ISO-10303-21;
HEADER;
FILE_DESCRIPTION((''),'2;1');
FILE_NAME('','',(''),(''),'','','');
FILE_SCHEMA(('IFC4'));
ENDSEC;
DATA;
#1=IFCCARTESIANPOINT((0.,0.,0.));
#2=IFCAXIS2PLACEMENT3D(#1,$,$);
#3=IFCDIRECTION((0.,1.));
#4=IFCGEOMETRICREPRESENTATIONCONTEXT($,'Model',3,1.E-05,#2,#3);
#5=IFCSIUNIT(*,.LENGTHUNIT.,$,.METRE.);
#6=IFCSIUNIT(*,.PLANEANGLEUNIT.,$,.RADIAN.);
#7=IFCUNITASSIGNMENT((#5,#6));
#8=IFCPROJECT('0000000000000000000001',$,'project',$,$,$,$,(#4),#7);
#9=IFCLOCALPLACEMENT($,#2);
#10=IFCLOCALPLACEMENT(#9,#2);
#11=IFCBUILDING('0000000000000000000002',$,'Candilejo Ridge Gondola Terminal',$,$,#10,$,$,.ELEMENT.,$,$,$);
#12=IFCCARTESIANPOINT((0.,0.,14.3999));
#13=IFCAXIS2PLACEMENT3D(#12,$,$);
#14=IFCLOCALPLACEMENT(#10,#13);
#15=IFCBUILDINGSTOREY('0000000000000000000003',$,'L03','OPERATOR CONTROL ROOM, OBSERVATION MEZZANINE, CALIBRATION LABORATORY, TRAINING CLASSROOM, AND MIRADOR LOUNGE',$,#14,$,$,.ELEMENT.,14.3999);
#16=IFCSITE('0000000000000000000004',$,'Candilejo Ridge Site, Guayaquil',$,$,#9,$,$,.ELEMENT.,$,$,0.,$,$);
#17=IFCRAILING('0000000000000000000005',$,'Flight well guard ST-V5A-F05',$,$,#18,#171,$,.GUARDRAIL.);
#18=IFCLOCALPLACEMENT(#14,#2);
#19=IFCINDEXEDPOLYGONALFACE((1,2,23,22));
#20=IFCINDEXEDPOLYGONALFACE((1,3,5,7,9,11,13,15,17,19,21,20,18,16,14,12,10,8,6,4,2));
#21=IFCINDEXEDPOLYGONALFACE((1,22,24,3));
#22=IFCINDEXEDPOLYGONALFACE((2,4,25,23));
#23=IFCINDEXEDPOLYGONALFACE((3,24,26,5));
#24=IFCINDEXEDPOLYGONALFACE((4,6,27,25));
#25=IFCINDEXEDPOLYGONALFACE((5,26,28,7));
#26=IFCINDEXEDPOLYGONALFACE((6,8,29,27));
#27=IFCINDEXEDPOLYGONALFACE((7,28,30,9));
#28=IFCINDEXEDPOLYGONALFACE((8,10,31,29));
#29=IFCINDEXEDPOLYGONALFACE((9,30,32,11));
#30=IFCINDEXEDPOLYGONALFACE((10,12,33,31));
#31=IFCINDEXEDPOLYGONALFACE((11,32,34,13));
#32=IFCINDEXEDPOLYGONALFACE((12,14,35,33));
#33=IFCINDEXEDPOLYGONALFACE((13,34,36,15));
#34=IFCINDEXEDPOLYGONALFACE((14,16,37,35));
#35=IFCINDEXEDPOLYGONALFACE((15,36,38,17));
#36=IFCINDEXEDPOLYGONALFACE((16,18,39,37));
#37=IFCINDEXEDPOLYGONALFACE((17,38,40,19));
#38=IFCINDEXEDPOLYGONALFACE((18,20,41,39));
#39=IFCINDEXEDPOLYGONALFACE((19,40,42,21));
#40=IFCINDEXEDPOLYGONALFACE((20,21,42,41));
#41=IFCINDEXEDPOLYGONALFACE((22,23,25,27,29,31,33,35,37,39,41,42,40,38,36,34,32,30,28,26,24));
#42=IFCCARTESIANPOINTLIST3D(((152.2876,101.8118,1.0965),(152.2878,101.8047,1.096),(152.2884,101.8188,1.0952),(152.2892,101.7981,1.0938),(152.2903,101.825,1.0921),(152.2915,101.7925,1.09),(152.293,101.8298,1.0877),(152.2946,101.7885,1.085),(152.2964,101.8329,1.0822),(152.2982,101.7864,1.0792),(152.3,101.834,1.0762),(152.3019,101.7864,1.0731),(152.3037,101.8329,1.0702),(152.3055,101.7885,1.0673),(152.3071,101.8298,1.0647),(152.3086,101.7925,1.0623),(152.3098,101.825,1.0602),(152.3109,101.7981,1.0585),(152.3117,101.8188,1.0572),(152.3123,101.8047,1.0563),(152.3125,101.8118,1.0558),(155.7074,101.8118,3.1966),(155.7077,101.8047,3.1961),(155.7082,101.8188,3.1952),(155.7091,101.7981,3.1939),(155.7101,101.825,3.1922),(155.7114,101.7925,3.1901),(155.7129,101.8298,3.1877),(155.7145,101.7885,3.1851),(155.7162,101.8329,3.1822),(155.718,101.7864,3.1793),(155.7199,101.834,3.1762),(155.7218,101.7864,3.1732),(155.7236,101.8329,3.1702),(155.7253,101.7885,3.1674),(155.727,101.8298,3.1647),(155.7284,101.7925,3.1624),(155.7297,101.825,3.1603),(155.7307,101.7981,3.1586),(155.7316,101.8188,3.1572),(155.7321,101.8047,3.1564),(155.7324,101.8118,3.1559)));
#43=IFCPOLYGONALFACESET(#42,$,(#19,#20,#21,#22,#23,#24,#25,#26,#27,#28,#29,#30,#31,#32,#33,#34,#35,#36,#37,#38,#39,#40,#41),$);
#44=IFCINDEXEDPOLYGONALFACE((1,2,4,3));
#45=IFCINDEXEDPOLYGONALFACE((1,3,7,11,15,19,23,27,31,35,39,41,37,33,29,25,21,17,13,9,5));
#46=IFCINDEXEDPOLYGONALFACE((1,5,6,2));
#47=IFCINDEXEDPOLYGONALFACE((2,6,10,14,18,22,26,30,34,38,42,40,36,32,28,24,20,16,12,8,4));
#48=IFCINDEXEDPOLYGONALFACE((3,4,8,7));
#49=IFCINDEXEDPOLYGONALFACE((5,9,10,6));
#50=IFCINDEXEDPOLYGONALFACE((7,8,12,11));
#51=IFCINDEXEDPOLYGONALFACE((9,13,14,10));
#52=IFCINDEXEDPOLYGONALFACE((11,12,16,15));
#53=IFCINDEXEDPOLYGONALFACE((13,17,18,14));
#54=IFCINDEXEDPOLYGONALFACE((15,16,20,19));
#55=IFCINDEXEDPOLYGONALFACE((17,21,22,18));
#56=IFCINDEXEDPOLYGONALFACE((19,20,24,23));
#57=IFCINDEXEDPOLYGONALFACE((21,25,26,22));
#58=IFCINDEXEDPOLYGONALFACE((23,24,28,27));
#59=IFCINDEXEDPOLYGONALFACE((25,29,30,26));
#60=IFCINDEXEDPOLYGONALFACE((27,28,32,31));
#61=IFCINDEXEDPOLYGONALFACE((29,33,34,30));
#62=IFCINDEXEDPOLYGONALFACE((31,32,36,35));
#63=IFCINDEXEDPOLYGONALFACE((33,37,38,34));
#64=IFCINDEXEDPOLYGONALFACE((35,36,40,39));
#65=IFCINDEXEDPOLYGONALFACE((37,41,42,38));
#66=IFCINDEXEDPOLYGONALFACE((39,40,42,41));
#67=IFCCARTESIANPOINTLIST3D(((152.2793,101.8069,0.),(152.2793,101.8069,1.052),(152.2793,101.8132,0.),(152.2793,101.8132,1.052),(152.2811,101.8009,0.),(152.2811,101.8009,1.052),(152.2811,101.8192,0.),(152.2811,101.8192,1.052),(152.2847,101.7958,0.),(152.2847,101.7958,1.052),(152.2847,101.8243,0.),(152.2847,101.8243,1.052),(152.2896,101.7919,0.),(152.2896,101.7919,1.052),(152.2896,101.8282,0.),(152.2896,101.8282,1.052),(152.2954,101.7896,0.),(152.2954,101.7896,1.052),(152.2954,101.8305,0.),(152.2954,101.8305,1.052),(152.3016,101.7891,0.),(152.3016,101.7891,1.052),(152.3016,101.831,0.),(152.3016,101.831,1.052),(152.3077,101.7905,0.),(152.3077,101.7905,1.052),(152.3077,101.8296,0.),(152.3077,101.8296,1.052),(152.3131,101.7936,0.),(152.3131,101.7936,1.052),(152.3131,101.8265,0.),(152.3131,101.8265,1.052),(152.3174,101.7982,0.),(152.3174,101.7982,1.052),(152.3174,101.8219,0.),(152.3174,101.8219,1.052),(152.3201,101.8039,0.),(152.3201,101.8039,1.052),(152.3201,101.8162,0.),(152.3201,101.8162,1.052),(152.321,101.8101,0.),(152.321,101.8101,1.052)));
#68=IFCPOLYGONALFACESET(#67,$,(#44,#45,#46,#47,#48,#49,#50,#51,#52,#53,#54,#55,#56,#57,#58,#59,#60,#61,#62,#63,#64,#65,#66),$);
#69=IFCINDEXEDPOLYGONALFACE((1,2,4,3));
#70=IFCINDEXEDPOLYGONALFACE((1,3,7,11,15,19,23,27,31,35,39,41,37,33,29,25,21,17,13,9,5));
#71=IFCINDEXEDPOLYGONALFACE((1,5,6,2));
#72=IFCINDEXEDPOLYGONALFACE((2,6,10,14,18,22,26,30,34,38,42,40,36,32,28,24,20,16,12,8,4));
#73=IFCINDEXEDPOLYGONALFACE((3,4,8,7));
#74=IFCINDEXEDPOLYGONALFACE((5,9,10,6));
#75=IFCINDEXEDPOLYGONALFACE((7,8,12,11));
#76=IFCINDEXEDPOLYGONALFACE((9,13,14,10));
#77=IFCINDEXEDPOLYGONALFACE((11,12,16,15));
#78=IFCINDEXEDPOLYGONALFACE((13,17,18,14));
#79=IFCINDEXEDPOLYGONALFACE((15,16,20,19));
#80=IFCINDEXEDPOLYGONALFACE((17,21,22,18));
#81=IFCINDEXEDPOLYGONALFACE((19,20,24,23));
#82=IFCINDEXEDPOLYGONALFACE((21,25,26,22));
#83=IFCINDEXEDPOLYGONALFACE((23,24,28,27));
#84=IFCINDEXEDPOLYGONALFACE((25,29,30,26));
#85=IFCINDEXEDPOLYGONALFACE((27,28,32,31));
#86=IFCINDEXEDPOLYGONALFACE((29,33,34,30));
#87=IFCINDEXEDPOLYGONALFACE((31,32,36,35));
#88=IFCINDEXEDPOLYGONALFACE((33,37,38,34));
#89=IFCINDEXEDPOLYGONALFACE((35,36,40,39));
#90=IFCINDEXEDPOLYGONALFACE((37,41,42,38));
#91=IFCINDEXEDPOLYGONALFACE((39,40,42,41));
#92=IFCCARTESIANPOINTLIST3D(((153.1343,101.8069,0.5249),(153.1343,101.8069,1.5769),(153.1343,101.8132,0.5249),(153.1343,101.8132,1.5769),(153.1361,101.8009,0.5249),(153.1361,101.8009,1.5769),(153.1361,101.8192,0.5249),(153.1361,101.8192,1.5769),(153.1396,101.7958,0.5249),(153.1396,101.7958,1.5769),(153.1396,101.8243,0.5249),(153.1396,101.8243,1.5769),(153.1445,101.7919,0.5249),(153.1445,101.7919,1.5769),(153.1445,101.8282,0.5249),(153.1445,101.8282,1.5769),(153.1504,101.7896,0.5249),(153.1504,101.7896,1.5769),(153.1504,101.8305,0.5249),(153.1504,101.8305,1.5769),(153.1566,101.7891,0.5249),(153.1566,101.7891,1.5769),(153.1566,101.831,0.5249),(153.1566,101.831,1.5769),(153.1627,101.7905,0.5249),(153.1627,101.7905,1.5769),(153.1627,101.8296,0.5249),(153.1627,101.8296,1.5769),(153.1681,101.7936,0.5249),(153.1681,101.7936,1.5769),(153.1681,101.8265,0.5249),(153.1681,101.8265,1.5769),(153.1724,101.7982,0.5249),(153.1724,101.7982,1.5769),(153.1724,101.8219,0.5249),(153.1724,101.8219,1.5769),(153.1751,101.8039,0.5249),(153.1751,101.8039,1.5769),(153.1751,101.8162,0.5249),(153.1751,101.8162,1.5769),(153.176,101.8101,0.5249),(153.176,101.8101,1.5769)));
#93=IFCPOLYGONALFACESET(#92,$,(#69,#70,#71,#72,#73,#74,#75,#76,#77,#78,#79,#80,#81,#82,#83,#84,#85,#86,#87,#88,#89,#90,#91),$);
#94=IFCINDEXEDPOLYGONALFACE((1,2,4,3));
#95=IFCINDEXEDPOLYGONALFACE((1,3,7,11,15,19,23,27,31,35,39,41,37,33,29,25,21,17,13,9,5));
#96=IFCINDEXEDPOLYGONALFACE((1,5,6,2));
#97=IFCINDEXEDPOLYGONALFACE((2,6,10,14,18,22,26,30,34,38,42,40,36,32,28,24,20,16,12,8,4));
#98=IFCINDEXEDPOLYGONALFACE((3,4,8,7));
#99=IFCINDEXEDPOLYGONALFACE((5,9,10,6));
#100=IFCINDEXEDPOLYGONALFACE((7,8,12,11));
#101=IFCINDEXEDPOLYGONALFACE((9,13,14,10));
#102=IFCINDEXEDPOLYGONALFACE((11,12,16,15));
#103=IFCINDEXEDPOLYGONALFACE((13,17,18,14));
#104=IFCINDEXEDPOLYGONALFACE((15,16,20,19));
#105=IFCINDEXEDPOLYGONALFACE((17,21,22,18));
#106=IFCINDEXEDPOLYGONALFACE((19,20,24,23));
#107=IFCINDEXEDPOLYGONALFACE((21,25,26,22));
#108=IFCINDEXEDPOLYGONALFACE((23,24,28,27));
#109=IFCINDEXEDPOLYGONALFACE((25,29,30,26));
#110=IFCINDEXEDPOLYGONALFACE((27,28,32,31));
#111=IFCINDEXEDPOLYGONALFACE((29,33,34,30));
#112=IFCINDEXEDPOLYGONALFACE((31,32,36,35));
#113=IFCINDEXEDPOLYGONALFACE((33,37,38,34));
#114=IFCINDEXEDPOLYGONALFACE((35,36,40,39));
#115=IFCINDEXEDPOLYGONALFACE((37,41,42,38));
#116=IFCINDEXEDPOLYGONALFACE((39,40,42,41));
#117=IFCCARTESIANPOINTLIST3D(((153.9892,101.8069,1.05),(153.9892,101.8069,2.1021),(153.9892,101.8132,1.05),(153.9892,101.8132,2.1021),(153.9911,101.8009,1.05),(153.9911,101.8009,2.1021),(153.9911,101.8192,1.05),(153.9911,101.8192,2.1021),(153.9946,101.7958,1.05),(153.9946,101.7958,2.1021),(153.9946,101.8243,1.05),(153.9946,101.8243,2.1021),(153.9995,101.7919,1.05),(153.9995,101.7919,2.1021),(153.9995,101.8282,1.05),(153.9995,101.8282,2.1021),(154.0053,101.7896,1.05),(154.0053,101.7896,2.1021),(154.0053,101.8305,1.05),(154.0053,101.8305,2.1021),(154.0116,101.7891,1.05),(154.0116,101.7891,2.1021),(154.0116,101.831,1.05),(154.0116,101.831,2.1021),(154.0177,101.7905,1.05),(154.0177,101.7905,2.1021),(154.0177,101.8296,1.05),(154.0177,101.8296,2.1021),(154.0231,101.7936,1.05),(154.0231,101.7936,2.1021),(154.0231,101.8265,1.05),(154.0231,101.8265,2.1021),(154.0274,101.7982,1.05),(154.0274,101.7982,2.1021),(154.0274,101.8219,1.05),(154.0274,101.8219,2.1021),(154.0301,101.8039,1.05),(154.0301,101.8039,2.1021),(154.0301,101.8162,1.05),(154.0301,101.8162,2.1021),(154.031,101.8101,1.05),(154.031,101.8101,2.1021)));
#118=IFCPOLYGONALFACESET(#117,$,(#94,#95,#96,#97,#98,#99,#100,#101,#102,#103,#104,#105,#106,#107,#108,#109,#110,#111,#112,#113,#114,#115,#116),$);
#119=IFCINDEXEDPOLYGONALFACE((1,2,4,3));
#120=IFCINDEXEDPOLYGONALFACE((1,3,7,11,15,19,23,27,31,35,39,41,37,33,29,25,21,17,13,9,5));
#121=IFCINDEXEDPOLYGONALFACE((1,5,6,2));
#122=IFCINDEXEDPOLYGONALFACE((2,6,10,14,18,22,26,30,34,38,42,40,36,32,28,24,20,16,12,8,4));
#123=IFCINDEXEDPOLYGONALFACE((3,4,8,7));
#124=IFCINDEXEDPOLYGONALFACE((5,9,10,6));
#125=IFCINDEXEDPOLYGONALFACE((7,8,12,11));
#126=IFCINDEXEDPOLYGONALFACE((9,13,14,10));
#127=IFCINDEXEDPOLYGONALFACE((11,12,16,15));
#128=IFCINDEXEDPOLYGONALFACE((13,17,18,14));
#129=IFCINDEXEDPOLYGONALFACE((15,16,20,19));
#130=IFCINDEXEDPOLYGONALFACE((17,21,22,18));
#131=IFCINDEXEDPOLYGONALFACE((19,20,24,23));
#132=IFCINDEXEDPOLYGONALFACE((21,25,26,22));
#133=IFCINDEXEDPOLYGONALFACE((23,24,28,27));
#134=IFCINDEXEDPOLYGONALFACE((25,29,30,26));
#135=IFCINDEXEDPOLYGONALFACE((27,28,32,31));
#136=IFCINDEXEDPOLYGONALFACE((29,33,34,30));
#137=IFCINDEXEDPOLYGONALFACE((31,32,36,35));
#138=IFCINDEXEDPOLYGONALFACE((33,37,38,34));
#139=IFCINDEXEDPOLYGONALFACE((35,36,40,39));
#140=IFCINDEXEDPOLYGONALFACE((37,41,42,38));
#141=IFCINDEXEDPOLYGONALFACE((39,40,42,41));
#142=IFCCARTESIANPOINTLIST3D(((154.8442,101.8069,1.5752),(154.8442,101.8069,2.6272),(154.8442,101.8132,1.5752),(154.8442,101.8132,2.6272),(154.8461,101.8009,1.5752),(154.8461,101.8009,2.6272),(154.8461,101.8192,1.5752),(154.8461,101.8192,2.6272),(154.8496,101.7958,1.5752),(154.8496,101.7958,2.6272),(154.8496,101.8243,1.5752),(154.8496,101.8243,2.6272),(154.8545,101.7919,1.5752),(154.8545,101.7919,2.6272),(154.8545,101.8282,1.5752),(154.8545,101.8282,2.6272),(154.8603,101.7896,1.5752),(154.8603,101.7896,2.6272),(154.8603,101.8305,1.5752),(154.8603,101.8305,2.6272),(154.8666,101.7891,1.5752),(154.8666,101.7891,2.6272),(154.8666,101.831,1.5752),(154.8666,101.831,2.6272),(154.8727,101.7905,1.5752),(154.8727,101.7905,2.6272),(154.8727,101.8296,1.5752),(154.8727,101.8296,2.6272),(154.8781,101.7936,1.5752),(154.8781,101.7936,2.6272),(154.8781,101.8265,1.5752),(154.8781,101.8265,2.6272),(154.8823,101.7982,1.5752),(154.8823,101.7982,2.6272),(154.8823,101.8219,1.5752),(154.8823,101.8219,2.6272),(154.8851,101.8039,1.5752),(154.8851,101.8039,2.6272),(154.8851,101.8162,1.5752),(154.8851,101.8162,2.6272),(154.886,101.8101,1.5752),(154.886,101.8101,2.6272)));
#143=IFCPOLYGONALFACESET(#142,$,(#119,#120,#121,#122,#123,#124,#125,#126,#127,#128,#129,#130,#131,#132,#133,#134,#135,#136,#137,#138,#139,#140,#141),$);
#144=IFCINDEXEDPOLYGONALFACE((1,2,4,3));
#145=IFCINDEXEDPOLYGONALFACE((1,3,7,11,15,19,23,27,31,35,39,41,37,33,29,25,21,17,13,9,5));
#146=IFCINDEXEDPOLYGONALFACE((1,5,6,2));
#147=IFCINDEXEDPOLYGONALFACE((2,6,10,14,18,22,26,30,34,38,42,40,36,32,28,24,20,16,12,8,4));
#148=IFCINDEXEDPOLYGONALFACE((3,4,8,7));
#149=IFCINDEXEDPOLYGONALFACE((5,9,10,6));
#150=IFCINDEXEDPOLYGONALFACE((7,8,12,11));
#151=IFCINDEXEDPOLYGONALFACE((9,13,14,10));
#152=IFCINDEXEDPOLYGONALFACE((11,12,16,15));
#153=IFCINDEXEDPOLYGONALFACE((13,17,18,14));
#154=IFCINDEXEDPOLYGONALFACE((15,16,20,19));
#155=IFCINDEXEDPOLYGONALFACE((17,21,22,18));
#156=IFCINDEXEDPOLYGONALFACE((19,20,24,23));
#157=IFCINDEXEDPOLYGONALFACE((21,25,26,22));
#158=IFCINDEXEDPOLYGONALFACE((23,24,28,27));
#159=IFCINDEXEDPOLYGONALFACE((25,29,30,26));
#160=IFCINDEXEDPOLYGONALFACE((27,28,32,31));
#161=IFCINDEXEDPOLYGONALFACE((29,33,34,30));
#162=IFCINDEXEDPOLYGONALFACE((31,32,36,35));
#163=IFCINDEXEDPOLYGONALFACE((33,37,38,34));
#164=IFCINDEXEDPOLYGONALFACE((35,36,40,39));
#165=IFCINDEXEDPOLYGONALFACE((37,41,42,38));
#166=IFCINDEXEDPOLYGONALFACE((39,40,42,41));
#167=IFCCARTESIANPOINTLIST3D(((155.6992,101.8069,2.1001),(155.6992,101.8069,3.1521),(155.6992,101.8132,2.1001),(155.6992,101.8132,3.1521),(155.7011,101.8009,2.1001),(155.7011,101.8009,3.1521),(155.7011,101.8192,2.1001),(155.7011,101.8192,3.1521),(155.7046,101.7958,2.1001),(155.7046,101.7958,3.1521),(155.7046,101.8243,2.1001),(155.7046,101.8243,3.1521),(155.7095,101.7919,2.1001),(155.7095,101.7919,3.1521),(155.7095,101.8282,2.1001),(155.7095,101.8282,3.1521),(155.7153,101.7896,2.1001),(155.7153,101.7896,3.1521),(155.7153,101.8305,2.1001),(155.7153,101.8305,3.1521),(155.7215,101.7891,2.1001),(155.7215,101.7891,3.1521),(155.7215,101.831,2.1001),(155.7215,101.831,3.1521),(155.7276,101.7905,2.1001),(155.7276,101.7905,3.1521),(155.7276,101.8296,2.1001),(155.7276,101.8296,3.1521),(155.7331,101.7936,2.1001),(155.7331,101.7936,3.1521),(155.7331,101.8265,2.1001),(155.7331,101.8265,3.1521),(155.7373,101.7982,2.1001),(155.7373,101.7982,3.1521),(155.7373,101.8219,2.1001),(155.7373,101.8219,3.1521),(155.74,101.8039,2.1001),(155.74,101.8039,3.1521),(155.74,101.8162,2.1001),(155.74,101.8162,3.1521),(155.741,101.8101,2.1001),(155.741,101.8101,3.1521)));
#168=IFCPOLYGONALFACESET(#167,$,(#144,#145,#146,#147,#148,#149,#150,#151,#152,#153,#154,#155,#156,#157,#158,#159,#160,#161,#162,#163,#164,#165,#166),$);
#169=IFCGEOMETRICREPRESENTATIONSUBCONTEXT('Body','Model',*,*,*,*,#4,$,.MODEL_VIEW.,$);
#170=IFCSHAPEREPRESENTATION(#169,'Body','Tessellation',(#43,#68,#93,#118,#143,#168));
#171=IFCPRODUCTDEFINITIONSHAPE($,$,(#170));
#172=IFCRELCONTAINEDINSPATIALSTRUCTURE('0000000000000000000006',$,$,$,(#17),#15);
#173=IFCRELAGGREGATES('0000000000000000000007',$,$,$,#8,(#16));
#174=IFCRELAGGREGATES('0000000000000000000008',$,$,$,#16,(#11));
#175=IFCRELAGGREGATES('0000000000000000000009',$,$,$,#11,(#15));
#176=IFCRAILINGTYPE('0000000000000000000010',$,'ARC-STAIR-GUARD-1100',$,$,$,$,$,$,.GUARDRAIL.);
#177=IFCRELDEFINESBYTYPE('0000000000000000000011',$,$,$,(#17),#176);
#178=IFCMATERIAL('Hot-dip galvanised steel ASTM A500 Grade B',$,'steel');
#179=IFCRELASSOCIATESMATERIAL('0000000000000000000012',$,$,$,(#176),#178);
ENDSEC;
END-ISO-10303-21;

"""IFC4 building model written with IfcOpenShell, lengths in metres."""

from ifc_helpers import new_model, si_unit, direction, frame, origin, origin_2d, place, context, subcontext, project, spatial, circle, extrude, material, type_object, element, save


model = new_model("IFC4")

# Units and contexts
model_context = context("Model", 3, precision=1e-05, world=origin(), true_north=direction((0.0, 1.0)))
body_context = subcontext(model_context, "Body", "Model", "MODEL_VIEW")
ifc_project = project(units=[si_unit("LENGTHUNIT", "METRE"), si_unit("PLANEANGLEUNIT", "RADIAN")], contexts=[model_context])

# Site, building, storey
site_placement = place(None, origin())
site = spatial("IfcSite", under=ifc_project, at=site_placement, Name="Candilejo Ridge Site, Guayaquil", CompositionType="ELEMENT", RefElevation=0.0)
building_placement = place(site_placement, origin())
building = spatial("IfcBuilding", under=site, at=building_placement, Name="Candilejo Ridge Gondola Terminal", CompositionType="ELEMENT")
storey_placement = place(building_placement, frame((0.0, 0.0, 14.3999)))
storey = spatial("IfcBuildingStorey", under=building, at=storey_placement, Name="L03", Description="OPERATOR CONTROL ROOM, OBSERVATION MEZZANINE, CALIBRATION LABORATORY, TRAINING CLASSROOM, AND MIRADOR LOUNGE", CompositionType="ELEMENT", Elevation=14.3999)

# Railing
ifc_material_1 = material(Name="Hot-dip galvanised steel ASTM A500 Grade B", Category="steel")
railing_type = type_object("IfcRailingType", Name="ARC-STAIR-GUARD-1100", PredefinedType="GUARDRAIL", material=ifc_material_1)
railing_1_placement = place(storey_placement, frame((152.3, 101.8101, 0.0)))
element("IfcRailing", 1, at=railing_1_placement, inside=storey, type_object=railing_type, Name="Flight well guard ST-V5A-F05", PredefinedType="GUARDRAIL", context=body_context, shape_type="SweptSolid", body=[
    extrude(circle(Radius=0.0239, at=origin_2d()), frame((0.0, 0.0, 1.0762), z_axis=(0.852155, 0.0, 0.523289), x_axis=(0.0, 1.0, 0.0)), (0.0, 0.0, 1.0), 4.0132),
    extrude(circle(Radius=0.021, at=origin_2d()), origin(), (0.0, 0.0, 1.0), 1.052),
    extrude(circle(Radius=0.021, at=origin_2d()), frame((0.855, 0.0, 0.5249)), (0.0, 0.0, 1.0), 1.052),
    extrude(circle(Radius=0.021, at=origin_2d()), frame((1.71, 0.0, 1.05)), (0.0, 0.0, 1.0), 1.052),
    extrude(circle(Radius=0.021, at=origin_2d()), frame((2.5649, 0.0, 1.5752)), (0.0, 0.0, 1.0), 1.052),
    extrude(circle(Radius=0.021, at=origin_2d()), frame((3.4199, 0.0, 2.1001)), (0.0, 0.0, 1.0), 1.052),
])

save(model, "model.ifc")
